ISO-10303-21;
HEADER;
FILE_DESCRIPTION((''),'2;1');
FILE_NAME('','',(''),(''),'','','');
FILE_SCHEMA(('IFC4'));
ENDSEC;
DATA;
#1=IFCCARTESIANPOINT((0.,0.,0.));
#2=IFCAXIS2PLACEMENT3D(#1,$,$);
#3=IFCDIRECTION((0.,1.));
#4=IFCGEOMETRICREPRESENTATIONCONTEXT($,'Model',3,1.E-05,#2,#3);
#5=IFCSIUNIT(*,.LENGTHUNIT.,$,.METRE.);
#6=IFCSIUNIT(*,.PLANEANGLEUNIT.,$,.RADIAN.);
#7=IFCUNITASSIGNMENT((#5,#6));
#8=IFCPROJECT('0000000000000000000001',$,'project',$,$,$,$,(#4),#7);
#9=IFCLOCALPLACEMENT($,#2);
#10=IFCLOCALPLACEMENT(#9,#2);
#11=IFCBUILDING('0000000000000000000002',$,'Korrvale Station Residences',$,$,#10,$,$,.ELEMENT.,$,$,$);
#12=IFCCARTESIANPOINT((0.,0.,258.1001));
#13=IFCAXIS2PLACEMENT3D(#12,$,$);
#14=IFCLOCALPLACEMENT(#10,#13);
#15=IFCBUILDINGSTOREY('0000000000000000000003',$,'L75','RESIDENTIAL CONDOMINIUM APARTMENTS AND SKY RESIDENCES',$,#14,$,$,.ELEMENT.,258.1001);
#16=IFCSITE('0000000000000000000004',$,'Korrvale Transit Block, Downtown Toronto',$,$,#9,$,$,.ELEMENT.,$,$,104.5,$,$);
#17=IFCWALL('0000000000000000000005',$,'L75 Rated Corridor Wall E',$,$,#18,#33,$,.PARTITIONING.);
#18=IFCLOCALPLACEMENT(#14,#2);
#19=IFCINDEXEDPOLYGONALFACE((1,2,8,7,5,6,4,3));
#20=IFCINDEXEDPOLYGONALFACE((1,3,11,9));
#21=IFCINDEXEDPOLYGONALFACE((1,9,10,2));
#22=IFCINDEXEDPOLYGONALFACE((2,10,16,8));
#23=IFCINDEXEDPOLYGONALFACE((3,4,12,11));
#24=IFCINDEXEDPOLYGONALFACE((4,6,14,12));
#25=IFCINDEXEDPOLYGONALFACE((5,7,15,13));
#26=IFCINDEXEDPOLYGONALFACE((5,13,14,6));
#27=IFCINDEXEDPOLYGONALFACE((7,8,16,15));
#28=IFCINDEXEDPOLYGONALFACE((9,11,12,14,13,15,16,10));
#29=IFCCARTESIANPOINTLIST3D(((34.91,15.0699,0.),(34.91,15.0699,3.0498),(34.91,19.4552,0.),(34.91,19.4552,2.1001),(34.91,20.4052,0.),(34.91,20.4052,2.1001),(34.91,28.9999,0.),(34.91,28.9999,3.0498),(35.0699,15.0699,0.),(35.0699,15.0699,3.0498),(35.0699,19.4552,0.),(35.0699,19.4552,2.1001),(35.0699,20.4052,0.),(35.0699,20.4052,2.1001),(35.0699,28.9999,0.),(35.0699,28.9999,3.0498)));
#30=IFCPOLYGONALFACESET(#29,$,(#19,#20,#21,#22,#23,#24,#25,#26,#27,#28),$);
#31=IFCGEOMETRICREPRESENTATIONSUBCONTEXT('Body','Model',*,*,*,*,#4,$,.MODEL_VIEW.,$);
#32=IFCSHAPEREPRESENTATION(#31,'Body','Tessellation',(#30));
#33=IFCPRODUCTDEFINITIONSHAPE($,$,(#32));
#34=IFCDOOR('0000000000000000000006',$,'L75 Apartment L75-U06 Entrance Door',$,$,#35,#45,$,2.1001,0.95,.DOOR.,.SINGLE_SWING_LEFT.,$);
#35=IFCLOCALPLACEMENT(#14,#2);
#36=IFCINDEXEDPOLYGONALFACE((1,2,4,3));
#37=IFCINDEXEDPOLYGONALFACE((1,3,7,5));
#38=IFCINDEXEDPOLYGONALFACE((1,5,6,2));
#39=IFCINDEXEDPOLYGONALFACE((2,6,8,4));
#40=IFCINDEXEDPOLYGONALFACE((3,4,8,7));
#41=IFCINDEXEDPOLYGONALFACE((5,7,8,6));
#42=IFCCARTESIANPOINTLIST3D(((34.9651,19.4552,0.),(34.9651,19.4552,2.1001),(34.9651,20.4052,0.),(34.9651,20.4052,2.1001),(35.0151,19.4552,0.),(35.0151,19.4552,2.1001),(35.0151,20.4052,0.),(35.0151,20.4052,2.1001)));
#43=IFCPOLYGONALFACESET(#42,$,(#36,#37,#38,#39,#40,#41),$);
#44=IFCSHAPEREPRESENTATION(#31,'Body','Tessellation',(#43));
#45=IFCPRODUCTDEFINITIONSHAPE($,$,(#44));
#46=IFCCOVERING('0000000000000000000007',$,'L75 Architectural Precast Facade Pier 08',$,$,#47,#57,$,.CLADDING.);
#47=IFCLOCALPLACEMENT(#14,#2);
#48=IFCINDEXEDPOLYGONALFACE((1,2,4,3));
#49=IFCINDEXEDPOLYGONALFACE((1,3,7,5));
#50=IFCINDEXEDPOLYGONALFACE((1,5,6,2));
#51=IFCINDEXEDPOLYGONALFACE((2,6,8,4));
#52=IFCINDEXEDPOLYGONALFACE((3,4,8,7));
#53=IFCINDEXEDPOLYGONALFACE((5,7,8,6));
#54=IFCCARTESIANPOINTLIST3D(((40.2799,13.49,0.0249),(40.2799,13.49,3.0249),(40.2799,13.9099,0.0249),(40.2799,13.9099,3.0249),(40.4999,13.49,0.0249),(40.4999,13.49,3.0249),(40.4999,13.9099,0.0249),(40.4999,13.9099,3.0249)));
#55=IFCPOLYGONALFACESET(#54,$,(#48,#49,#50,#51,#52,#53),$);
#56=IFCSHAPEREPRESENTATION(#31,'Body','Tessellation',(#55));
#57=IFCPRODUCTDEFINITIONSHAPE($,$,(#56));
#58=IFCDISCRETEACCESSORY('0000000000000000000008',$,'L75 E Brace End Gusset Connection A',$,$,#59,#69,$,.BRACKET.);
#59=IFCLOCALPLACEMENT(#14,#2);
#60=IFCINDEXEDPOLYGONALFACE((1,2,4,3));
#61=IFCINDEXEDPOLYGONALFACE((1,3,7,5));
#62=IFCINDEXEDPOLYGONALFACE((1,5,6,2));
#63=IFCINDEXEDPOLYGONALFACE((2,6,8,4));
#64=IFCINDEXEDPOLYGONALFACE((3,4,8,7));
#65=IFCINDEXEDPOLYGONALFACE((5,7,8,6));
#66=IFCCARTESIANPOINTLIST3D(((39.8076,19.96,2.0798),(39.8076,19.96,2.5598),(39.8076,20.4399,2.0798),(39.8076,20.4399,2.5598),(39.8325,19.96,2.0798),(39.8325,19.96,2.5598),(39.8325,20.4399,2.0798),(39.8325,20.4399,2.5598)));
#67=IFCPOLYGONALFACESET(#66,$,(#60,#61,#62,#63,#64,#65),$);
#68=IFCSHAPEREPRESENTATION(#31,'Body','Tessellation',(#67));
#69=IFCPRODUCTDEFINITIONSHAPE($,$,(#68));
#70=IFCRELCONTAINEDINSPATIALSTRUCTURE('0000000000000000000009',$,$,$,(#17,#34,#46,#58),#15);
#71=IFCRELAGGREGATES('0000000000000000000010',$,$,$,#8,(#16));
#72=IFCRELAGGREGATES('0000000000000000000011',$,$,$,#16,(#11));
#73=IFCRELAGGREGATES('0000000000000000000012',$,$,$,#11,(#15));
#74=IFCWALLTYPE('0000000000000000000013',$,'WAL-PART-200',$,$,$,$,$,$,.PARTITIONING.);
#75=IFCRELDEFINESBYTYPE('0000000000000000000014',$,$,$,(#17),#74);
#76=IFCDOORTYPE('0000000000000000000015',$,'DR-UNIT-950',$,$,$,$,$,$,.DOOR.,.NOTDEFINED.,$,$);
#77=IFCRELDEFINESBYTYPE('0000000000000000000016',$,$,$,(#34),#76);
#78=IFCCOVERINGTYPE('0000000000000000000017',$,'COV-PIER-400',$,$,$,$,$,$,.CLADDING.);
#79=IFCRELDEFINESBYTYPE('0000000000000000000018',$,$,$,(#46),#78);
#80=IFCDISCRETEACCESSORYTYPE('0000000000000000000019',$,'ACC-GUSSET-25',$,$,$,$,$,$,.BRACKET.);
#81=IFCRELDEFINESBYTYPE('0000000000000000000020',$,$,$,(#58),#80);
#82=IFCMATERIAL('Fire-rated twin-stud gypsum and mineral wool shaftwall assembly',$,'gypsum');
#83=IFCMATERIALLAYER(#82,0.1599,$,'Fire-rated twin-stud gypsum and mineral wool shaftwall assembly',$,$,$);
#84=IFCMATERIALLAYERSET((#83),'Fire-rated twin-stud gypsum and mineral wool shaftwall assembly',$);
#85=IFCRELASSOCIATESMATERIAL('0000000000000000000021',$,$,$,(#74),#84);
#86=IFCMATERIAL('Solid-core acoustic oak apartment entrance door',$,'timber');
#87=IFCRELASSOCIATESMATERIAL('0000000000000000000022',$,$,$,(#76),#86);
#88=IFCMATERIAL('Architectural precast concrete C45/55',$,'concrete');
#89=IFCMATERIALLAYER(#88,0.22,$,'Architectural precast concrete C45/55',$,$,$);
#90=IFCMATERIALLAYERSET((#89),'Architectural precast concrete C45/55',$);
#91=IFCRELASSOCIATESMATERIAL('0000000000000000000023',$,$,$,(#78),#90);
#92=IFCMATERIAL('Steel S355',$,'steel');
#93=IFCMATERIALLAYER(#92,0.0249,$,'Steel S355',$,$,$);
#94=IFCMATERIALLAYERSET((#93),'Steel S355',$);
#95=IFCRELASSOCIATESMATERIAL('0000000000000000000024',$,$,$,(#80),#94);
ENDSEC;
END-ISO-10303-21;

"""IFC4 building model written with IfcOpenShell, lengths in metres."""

from ifc_helpers import new_model, si_unit, direction, frame, frame_2d, origin, origin_2d, place, context, subcontext, project, spatial, rectangle, extrude, material, layer, layer_set, type_object, element, fill, save


model = new_model("IFC4")

# Units and contexts
model_context = context("Model", 3, precision=1e-05, world=origin(), true_north=direction((0.0, 1.0)))
body_context = subcontext(model_context, "Body", "Model", "MODEL_VIEW")
ifc_project = project(units=[si_unit("LENGTHUNIT", "METRE"), si_unit("PLANEANGLEUNIT", "RADIAN")], contexts=[model_context])

# Site, building, storey
site_placement = place(None, origin())
site = spatial("IfcSite", under=ifc_project, at=site_placement, Name="Korrvale Transit Block, Downtown Toronto", CompositionType="ELEMENT", RefElevation=104.5)
building_placement = place(site_placement, origin())
building = spatial("IfcBuilding", under=site, at=building_placement, Name="Korrvale Station Residences", CompositionType="ELEMENT")
storey_placement = place(building_placement, frame((0.0, 0.0, 258.1001)))
storey = spatial("IfcBuildingStorey", under=building, at=storey_placement, Name="L75", Description="RESIDENTIAL CONDOMINIUM APARTMENTS AND SKY RESIDENCES", CompositionType="ELEMENT", Elevation=258.1001)

# Shared definitions
ifc_material_1 = material(Name="Steel S355", Category="steel")

# Shared definitions
ifc_material_2 = material(Name="Fire-rated twin-stud gypsum and mineral wool shaftwall assembly", Category="gypsum")
ifc_layer_1 = layer(ifc_material_2, 0.1599, Name="Fire-rated twin-stud gypsum and mineral wool shaftwall assembly")
ifc_layer_set_1 = layer_set([ifc_layer_1], Name="Fire-rated twin-stud gypsum and mineral wool shaftwall assembly")
wall_type_1 = type_object("IfcWallType", Name="WAL-PART-200", PredefinedType="PARTITIONING", material=ifc_layer_set_1)

# Wall, opening, door
wall_1_placement = place(storey_placement, frame((34.99, 15.0701, 0.0), z_axis=(0.0, 0.0, 1.0), x_axis=(0.0, 1.0, 0.0)))
wall_1 = element("IfcWall", 1, at=wall_1_placement, inside=storey, type_object=wall_type_1, Name="L75 Rated Corridor Wall E", PredefinedType="PARTITIONING", context=body_context, shape_type="SweptSolid", body=[
    extrude(rectangle(XDim=13.9299, YDim=0.1599, at=frame_2d((6.9648, 0.0))), origin(), (0.0, 0.0, 1.0), 3.0498),
])
opening_1_placement = place(wall_1_placement, frame((4.385, 0.0, 0.0)))
opening_1 = element("IfcOpeningElement", 2, at=opening_1_placement, cuts=wall_1, PredefinedType="OPENING", context=body_context, shape_type="SweptSolid", body=[
    extrude(rectangle(XDim=0.95, YDim=2.1001, at=frame_2d((0.4751, 1.05))), frame((0.0, 0.0898, 0.0), z_axis=(0.0, -1.0, 0.0), x_axis=(1.0, 0.0, 0.0)), (0.0, 0.0, 1.0), 0.1799),
])
ifc_material_3 = material(Name="Solid-core acoustic oak apartment entrance door", Category="timber")
door_type_1 = type_object("IfcDoorType", Name="DR-UNIT-950", OperationType="NOTDEFINED", PredefinedType="DOOR", material=ifc_material_3)
door_1_placement = place(opening_1_placement, origin())
door_1 = element("IfcDoor", 3, at=door_1_placement, inside=storey, type_object=door_type_1, Name="L75 Apartment L75-U06 Entrance Door", OperationType="SINGLE_SWING_LEFT", OverallHeight=2.1001, OverallWidth=0.95, PredefinedType="DOOR", context=body_context, shape_type="SweptSolid", body=[
    extrude(rectangle(XDim=0.95, YDim=2.1001, at=frame_2d((0.4751, 1.05))), frame((0.0, 0.0249, 0.0), z_axis=(0.0, -1.0, 0.0), x_axis=(1.0, 0.0, 0.0)), (0.0, 0.0, 1.0), 0.05),
])
fill(opening_1, door_1)

# Covering
ifc_material_4 = material(Name="Architectural precast concrete C45/55", Category="concrete")
ifc_layer_2 = layer(ifc_material_4, 0.22, Name="Architectural precast concrete C45/55")
ifc_layer_set_2 = layer_set([ifc_layer_2], Name="Architectural precast concrete C45/55")
covering_type = type_object("IfcCoveringType", Name="COV-PIER-400", PredefinedType="CLADDING", material=ifc_layer_set_2)
covering_placement = place(storey_placement, frame((40.3899, 13.7, 0.0249), z_axis=(0.0, 0.0, 1.0), x_axis=(0.0, 1.0, 0.0)))
element("IfcCovering", 4, at=covering_placement, inside=storey, type_object=covering_type, Name="L75 Architectural Precast Facade Pier 08", PredefinedType="CLADDING", context=body_context, shape_type="SweptSolid", body=[
    extrude(rectangle(XDim=0.4199, YDim=0.22, at=origin_2d()), origin(), (0.0, 0.0, 1.0), 3.0),
])

# Discrete accessory
ifc_layer_3 = layer(ifc_material_1, 0.0249, Name="Steel S355")
ifc_layer_set_3 = layer_set([ifc_layer_3], Name="Steel S355")
discrete_accessory_type = type_object("IfcDiscreteAccessoryType", Name="ACC-GUSSET-25", PredefinedType="BRACKET", material=ifc_layer_set_3)
discrete_accessory_placement = place(storey_placement, frame((39.8201, 20.2, 2.0798), z_axis=(0.0, 0.0, 1.0), x_axis=(0.0, 1.0, 0.0)))
element("IfcDiscreteAccessory", 5, at=discrete_accessory_placement, inside=storey, type_object=discrete_accessory_type, Name="L75 E Brace End Gusset Connection A", PredefinedType="BRACKET", context=body_context, shape_type="SweptSolid", body=[
    extrude(rectangle(XDim=0.48, YDim=0.0249, at=origin_2d()), origin(), (0.0, 0.0, 1.0), 0.48),
])

save(model, "model.ifc")
